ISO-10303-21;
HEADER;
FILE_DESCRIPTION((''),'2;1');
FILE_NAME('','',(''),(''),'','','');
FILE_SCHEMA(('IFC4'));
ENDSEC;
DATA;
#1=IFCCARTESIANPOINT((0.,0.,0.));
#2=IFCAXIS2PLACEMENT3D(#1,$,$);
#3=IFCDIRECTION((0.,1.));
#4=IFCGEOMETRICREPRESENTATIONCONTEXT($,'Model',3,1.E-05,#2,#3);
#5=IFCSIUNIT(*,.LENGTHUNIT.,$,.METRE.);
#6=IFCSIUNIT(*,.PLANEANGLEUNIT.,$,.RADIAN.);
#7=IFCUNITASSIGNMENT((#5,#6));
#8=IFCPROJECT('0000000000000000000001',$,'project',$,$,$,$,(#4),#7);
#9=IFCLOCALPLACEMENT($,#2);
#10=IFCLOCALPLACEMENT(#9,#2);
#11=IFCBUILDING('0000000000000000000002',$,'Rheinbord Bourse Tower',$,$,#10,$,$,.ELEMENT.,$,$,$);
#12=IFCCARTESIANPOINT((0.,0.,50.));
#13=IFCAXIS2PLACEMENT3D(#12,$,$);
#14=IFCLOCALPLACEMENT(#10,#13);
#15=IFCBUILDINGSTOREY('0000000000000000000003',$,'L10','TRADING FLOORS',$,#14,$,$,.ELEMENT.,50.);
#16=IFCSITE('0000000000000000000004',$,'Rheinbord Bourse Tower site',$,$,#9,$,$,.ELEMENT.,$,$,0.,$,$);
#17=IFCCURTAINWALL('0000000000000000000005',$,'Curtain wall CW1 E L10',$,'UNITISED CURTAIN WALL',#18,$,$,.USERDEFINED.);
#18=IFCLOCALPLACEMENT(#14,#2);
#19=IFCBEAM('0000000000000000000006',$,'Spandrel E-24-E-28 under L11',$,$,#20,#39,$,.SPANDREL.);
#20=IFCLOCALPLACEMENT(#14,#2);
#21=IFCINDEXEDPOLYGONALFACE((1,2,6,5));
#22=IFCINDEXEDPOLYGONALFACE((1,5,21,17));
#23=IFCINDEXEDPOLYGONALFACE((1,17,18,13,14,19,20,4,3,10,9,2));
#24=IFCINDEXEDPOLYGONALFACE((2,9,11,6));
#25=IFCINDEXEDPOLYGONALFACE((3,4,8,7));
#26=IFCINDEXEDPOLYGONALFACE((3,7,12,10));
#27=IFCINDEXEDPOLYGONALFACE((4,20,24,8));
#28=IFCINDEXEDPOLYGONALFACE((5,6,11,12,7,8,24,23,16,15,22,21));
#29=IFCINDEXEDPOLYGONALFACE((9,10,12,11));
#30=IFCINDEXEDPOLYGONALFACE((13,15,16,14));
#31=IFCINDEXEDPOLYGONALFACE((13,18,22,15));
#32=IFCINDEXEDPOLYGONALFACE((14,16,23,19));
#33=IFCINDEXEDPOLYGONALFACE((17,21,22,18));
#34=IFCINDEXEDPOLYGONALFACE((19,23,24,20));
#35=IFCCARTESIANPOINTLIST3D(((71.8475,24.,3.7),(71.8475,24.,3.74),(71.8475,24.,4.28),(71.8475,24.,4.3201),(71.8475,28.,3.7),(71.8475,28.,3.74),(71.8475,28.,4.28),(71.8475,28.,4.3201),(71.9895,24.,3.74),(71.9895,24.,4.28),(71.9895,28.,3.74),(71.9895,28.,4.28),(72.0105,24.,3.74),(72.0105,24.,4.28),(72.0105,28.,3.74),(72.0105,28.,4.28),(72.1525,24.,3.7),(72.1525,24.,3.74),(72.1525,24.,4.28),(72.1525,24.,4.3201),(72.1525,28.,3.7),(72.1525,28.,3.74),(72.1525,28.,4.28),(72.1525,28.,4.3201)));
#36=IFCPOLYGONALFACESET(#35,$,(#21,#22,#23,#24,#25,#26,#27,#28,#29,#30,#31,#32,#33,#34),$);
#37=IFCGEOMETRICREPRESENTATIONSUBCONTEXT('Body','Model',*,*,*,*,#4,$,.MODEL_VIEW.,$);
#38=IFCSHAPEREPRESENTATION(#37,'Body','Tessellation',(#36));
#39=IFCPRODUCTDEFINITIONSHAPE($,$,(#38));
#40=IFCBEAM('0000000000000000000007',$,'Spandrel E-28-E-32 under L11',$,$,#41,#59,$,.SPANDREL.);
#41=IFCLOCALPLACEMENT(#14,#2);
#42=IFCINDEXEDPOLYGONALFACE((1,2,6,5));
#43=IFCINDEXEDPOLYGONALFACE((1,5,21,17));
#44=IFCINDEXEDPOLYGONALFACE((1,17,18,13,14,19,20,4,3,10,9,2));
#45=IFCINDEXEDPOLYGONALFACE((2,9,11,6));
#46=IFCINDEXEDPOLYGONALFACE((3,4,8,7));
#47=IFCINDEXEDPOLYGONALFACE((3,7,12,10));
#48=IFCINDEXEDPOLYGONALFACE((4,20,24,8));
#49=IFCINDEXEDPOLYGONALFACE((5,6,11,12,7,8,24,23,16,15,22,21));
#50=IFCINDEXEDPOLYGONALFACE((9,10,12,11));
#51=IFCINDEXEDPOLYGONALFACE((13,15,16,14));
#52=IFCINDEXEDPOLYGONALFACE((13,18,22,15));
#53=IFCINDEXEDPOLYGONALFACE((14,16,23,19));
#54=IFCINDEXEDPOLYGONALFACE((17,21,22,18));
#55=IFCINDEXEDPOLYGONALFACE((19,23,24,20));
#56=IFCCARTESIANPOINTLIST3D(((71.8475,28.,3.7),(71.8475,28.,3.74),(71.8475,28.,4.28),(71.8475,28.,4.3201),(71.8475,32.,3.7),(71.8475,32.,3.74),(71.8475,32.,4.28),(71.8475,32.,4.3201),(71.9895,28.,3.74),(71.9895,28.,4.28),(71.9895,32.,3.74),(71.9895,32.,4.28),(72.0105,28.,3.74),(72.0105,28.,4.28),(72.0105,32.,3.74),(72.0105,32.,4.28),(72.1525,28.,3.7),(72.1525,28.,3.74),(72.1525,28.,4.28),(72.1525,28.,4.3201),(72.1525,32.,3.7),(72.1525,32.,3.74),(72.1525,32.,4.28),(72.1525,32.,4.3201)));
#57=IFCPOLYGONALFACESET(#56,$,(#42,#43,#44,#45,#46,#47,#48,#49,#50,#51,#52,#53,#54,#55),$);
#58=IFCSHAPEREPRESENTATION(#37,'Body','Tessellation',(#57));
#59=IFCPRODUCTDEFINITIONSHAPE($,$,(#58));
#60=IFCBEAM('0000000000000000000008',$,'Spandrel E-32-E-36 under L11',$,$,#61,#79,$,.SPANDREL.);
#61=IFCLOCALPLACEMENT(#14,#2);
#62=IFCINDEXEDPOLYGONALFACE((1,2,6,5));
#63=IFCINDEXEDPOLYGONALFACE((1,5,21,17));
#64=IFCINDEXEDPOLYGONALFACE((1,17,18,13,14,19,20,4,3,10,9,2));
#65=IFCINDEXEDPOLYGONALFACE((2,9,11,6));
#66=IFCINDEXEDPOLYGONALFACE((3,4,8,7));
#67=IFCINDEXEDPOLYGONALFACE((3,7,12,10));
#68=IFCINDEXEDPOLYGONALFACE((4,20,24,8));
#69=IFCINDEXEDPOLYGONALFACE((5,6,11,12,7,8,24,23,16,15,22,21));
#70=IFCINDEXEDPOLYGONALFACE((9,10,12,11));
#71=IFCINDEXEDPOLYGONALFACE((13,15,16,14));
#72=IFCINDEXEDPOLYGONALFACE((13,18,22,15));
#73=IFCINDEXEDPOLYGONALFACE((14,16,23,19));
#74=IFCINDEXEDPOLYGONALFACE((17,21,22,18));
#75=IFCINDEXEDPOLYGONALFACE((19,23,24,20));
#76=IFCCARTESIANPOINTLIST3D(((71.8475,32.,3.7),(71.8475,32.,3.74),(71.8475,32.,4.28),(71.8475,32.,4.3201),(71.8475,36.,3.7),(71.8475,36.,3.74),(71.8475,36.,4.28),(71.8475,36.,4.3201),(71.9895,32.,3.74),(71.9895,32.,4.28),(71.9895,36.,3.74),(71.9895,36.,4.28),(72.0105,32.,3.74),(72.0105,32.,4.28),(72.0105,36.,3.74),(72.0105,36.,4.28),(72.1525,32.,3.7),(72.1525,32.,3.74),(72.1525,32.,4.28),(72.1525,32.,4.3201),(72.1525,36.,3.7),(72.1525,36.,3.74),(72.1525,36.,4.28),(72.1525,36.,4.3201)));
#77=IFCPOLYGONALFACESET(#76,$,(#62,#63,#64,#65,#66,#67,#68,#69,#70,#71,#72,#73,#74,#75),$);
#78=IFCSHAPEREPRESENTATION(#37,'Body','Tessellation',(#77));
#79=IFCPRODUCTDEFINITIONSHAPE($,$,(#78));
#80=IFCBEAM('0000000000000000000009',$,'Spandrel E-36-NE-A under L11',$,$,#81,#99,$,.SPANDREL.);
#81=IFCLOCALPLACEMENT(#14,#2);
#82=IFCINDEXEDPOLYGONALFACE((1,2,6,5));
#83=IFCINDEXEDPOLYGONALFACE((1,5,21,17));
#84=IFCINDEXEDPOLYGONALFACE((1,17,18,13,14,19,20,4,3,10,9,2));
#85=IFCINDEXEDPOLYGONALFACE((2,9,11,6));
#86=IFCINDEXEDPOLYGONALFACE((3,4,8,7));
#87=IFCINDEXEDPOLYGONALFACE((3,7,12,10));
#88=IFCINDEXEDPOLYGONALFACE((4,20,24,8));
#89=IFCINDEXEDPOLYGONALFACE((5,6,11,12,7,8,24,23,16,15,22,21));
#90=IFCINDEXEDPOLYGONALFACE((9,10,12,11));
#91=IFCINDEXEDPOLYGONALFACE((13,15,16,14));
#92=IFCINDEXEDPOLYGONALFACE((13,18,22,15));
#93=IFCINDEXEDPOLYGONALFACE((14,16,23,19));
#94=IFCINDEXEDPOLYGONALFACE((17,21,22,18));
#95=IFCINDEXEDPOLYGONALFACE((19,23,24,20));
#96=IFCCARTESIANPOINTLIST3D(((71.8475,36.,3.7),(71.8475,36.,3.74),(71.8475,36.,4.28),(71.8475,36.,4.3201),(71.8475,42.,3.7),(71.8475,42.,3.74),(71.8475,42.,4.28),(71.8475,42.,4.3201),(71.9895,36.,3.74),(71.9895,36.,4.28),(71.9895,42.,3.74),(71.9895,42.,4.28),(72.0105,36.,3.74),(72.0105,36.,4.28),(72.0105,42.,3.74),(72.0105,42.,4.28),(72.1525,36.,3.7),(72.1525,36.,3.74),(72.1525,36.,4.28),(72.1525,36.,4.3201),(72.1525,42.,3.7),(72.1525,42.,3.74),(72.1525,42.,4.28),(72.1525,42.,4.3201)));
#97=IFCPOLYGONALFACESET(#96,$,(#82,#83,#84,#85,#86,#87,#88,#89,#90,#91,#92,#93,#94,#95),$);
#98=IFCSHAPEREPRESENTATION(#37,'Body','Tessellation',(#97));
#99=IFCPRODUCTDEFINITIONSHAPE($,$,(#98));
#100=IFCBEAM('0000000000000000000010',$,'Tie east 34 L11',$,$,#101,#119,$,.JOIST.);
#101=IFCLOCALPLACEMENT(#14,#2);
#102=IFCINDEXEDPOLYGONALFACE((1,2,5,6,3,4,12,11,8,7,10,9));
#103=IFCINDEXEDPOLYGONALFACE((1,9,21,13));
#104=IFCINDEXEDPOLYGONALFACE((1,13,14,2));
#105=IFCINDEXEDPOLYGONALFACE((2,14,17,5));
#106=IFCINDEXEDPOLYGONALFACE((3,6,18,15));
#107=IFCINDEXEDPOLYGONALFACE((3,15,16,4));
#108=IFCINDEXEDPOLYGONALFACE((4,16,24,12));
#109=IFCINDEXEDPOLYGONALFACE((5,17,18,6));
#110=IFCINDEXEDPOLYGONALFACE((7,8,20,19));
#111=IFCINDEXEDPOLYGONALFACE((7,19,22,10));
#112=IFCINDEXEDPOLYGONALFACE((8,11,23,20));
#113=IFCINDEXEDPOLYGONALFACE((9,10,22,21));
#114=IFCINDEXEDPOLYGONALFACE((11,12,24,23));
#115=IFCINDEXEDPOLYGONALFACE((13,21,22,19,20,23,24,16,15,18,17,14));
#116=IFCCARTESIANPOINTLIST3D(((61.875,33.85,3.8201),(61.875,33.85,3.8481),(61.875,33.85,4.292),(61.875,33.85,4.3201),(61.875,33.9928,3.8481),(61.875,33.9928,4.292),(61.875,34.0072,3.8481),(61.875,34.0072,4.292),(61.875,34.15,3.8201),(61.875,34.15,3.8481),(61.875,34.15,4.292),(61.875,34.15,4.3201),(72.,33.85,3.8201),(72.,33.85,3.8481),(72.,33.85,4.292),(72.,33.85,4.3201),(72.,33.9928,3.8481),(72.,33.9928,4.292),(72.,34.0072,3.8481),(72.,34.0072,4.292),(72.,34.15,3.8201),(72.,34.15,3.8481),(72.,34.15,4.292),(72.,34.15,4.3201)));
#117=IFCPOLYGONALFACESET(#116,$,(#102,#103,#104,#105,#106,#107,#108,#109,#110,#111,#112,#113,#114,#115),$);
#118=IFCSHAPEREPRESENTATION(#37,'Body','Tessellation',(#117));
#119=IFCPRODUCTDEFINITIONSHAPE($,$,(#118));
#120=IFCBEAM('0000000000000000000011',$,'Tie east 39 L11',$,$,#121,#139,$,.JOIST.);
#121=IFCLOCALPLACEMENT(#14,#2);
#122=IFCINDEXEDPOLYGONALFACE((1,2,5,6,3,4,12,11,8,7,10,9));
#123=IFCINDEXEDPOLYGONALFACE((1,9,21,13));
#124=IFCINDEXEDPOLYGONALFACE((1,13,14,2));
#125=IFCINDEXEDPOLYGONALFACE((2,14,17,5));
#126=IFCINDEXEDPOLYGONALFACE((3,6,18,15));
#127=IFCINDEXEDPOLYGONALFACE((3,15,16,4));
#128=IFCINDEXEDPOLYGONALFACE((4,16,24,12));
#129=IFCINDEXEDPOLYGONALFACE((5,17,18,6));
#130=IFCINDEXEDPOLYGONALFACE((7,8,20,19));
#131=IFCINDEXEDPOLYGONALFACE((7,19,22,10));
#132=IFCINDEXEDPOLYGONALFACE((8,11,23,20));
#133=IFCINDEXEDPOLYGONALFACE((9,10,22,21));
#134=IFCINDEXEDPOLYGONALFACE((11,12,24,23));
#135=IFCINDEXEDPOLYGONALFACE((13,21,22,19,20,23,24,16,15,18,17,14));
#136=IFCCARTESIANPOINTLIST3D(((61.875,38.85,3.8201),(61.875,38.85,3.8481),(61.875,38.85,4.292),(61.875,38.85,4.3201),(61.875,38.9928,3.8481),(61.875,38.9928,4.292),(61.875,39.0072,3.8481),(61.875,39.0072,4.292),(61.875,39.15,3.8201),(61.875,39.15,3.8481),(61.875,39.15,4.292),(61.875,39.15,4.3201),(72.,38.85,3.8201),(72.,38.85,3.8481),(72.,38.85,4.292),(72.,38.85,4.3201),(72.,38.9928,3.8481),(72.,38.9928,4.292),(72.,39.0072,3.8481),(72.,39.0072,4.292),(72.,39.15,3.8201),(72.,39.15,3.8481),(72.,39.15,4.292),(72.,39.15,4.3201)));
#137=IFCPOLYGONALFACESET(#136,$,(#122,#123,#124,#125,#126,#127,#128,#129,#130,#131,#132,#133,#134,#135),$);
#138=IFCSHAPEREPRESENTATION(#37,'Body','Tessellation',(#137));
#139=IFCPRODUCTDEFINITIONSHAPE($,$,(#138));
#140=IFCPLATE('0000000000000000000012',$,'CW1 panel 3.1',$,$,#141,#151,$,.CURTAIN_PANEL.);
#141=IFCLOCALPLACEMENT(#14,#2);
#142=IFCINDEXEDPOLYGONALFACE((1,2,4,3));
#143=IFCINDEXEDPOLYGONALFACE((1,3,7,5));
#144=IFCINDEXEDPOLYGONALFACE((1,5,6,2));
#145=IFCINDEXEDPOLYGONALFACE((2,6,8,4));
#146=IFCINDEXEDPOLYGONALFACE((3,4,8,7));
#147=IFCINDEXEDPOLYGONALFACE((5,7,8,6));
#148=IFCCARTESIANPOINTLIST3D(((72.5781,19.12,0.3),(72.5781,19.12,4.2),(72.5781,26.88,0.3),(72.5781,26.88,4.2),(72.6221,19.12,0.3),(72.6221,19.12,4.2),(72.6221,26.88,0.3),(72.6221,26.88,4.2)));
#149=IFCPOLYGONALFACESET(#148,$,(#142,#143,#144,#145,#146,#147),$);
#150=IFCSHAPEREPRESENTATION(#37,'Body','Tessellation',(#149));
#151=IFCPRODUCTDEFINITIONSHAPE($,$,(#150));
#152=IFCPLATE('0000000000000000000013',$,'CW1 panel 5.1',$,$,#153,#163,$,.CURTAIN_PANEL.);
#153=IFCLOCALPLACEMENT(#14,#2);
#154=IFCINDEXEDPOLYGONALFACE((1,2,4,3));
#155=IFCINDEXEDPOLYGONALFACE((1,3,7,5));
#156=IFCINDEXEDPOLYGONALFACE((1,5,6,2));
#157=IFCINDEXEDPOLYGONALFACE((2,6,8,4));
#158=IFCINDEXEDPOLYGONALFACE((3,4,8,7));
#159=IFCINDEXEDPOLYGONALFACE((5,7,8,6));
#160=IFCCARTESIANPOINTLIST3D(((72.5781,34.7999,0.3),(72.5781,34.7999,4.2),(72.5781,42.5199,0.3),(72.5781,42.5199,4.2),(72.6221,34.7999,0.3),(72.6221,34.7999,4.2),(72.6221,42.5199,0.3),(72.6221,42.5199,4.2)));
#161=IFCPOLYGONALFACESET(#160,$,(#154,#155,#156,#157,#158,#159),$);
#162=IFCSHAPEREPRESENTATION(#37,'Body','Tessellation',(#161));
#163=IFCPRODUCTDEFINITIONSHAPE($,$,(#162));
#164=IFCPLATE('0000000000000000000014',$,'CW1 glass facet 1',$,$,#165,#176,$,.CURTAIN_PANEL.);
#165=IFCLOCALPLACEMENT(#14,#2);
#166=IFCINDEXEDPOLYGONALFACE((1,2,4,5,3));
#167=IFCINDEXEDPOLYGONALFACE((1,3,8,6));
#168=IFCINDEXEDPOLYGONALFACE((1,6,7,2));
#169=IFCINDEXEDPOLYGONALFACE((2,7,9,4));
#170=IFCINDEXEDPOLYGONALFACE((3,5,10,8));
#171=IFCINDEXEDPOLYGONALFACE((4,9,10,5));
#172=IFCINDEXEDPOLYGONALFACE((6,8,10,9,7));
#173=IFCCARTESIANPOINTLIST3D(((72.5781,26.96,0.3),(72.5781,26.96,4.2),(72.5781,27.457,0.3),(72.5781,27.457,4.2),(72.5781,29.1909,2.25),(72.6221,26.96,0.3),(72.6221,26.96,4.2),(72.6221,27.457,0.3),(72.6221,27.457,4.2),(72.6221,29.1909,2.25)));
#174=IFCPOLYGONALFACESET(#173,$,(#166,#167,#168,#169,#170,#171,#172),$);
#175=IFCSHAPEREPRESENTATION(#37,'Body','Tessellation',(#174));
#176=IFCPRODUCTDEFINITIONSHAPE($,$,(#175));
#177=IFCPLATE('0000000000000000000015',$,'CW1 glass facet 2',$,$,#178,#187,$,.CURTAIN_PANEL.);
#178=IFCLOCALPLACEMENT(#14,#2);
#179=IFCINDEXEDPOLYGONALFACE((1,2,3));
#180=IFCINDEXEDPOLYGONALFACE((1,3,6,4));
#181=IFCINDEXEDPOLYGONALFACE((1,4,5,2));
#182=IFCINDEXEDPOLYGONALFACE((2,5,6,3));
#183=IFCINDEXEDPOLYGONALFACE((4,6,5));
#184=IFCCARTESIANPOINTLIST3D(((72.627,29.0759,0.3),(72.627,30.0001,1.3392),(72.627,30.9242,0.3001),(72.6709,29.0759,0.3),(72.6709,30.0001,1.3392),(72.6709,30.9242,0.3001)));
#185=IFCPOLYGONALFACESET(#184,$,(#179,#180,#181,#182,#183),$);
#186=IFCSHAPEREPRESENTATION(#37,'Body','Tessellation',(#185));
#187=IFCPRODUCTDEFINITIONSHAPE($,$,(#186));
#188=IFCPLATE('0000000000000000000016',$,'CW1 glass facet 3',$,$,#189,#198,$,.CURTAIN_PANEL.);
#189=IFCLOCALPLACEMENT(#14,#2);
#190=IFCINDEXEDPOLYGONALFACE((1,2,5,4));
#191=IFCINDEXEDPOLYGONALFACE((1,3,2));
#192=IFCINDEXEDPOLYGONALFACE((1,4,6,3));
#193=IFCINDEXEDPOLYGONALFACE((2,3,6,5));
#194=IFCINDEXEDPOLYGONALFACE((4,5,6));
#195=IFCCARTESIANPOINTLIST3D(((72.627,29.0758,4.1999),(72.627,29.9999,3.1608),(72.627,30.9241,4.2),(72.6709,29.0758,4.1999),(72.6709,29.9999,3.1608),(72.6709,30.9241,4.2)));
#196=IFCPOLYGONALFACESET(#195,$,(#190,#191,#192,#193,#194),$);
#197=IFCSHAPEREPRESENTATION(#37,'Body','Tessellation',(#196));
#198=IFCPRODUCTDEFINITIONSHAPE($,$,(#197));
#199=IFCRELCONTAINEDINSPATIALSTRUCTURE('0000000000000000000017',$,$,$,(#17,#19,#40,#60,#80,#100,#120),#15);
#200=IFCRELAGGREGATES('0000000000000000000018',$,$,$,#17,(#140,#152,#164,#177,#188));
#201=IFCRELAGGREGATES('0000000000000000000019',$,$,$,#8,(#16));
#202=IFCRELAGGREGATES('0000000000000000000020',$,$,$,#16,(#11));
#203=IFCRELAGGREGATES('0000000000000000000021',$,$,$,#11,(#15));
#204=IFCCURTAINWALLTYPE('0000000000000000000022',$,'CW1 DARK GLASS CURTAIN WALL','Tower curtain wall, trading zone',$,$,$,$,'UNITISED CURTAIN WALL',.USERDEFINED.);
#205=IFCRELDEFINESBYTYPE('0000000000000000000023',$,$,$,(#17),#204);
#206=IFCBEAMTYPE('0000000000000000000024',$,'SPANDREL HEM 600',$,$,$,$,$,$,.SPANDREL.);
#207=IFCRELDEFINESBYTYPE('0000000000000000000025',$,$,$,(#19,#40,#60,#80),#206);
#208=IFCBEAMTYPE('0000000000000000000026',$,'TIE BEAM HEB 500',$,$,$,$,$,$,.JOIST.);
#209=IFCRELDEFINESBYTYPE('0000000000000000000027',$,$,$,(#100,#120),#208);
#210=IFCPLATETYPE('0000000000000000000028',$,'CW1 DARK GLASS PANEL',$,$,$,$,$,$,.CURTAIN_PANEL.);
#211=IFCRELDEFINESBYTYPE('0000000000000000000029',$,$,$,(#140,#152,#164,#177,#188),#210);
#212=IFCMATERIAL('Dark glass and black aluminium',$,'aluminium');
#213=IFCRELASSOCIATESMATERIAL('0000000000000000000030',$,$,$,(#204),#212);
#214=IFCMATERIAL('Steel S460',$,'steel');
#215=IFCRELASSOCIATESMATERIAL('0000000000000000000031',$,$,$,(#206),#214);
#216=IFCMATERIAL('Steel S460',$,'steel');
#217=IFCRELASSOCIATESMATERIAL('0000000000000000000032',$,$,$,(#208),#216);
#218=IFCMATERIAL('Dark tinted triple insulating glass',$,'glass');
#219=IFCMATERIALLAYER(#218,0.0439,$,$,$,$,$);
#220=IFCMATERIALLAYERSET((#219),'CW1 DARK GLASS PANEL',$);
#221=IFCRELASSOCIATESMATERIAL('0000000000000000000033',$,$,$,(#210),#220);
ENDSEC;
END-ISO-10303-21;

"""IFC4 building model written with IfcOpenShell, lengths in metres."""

from ifc_helpers import new_model, si_unit, direction, frame, origin, origin_2d, place, context, subcontext, project, spatial, polyline, rectangle, i_section, outline, extrude, material, layer, layer_set, material_profile, profile_set, type_object, element, aggregate, save


model = new_model("IFC4")

# Units and contexts
model_context = context("Model", 3, precision=1e-05, world=origin(), true_north=direction((0.0, 1.0)))
body_context = subcontext(model_context, "Body", "Model", "MODEL_VIEW")
ifc_project = project(units=[si_unit("LENGTHUNIT", "METRE"), si_unit("PLANEANGLEUNIT", "RADIAN")], contexts=[model_context])

# Site, building, storey
site_placement = place(None, origin())
site = spatial("IfcSite", under=ifc_project, at=site_placement, Name="Rheinbord Bourse Tower site", CompositionType="ELEMENT", RefElevation=0.0)
building_placement = place(site_placement, origin())
building = spatial("IfcBuilding", under=site, at=building_placement, Name="Rheinbord Bourse Tower", CompositionType="ELEMENT")
storey_placement = place(building_placement, frame((0.0, 0.0, 50.0)))
storey = spatial("IfcBuildingStorey", under=building, at=storey_placement, Name="L10", Description="TRADING FLOORS", CompositionType="ELEMENT", Elevation=50.0)

# Curtain wall
ifc_material_1 = material(Name="Dark glass and black aluminium", Category="aluminium")
curtain_wall_type = type_object("IfcCurtainWallType", Name="CW1 DARK GLASS CURTAIN WALL", Description="Tower curtain wall, trading zone", ElementType="UNITISED CURTAIN WALL", PredefinedType="USERDEFINED", material=ifc_material_1)
curtain_wall_placement = place(storey_placement, origin())
curtain_wall = element("IfcCurtainWall", 1, at=curtain_wall_placement, inside=storey, type_object=curtain_wall_type, Name="Curtain wall CW1 E L10", ObjectType="UNITISED CURTAIN WALL", PredefinedType="USERDEFINED")

# Beams
ifc_material_2 = material(Name="Steel S460", Category="steel")
ifc_material_profile_1 = material_profile(ifc_material_2, i_section(OverallWidth=0.3049, OverallDepth=0.6201, WebThickness=0.021, FlangeThickness=0.04, at=origin_2d()), Name="HEM 600")
ifc_profile_set_1 = profile_set([ifc_material_profile_1], Name="Steel S460")
beam_type_1 = type_object("IfcBeamType", Name="SPANDREL HEM 600", PredefinedType="SPANDREL", material=ifc_profile_set_1)
for number, where, z_axis, x_axis, name in (
    (2, (72.0, 24.0, 4.01), (0.0, 1.0, 0.0), (-1.0, 0.0, 0.0), "Spandrel E-24-E-28 under L11"),
    (3, (72.0, 28.0, 4.01), (0.0, 1.0, 0.0), (-1.0, 0.0, 0.0), "Spandrel E-28-E-32 under L11"),
    (4, (72.0, 32.0, 4.01), (0.0, 1.0, 0.0), (-1.0, 0.0, 0.0), "Spandrel E-32-E-36 under L11"),
):
    element("IfcBeam", number, at=place(storey_placement, frame(where, z_axis=z_axis, x_axis=x_axis)), inside=storey, type_object=beam_type_1, Name=name, PredefinedType="SPANDREL", context=body_context, shape_type="SweptSolid", body=[
        extrude(i_section(OverallWidth=0.3049, OverallDepth=0.6201, WebThickness=0.021, FlangeThickness=0.04, at=origin_2d()), origin(), (0.0, 0.0, 1.0), 4.0),
    ])
beam_1_placement = place(storey_placement, frame((72.0, 36.0, 4.01), z_axis=(0.0, 1.0, 0.0), x_axis=(-1.0, 0.0, 0.0)))
element("IfcBeam", 5, at=beam_1_placement, inside=storey, type_object=beam_type_1, Name="Spandrel E-36-NE-A under L11", PredefinedType="SPANDREL", context=body_context, shape_type="SweptSolid", body=[
    extrude(i_section(OverallWidth=0.3049, OverallDepth=0.6201, WebThickness=0.021, FlangeThickness=0.04, at=origin_2d()), origin(), (0.0, 0.0, 1.0), 6.0),
])
ifc_material_3 = material(Name="Steel S460", Category="steel")
ifc_material_profile_2 = material_profile(ifc_material_3, i_section(OverallWidth=0.3, OverallDepth=0.5, WebThickness=0.0144, FlangeThickness=0.0281, at=origin_2d()), Name="HEB 500")
ifc_profile_set_2 = profile_set([ifc_material_profile_2], Name="Steel S460")
beam_type_2 = type_object("IfcBeamType", Name="TIE BEAM HEB 500", PredefinedType="JOIST", material=ifc_profile_set_2)
for number, where, z_axis, x_axis, name in (
    (6, (61.875, 34.0, 4.0701), (1.0, 0.0, 0.0), (0.0, 1.0, 0.0), "Tie east 34 L11"),
    (7, (61.875, 39.0, 4.0701), (1.0, 0.0, 0.0), (0.0, 1.0, 0.0), "Tie east 39 L11"),
):
    element("IfcBeam", number, at=place(storey_placement, frame(where, z_axis=z_axis, x_axis=x_axis)), inside=storey, type_object=beam_type_2, Name=name, PredefinedType="JOIST", context=body_context, shape_type="SweptSolid", body=[
        extrude(i_section(OverallWidth=0.3, OverallDepth=0.5, WebThickness=0.0144, FlangeThickness=0.0281, at=origin_2d()), origin(), (0.0, 0.0, 1.0), 10.125),
    ])

# Plates
ifc_material_4 = material(Name="Dark tinted triple insulating glass", Category="glass")
ifc_layer_1 = layer(ifc_material_4, 0.0439)
ifc_layer_set_1 = layer_set([ifc_layer_1], Name="CW1 DARK GLASS PANEL")
plate_type = type_object("IfcPlateType", Name="CW1 DARK GLASS PANEL", PredefinedType="CURTAIN_PANEL", material=ifc_layer_set_1)
plate_1_placement = place(storey_placement, frame((72.6001, 23.0, 0.3), z_axis=(0.0, 0.0, 1.0), x_axis=(0.0, 1.0, 0.0)))
plate_1 = element("IfcPlate", 8, at=plate_1_placement, type_object=plate_type, Name="CW1 panel 3.1", PredefinedType="CURTAIN_PANEL", context=body_context, shape_type="SweptSolid", body=[
    extrude(rectangle(XDim=7.76, YDim=0.0439, at=origin_2d()), origin(), (0.0, 0.0, 1.0), 3.8999),
])
plate_2_placement = place(storey_placement, frame((72.6001, 38.6599, 0.3), z_axis=(0.0, 0.0, 1.0), x_axis=(0.0, 1.0, 0.0)))
plate_2 = element("IfcPlate", 9, at=plate_2_placement, type_object=plate_type, Name="CW1 panel 5.1", PredefinedType="CURTAIN_PANEL", context=body_context, shape_type="SweptSolid", body=[
    extrude(rectangle(XDim=7.72, YDim=0.0439, at=origin_2d()), origin(), (0.0, 0.0, 1.0), 3.8999),
])
plate_3_placement = place(storey_placement, frame((72.6221, 26.96, 0.3), z_axis=(-1.0, 0.0, 0.0), x_axis=(0.0, 0.0, 1.0)))
plate_3 = element("IfcPlate", 10, at=plate_3_placement, type_object=plate_type, Name="CW1 glass facet 1", PredefinedType="CURTAIN_PANEL", context=body_context, shape_type="SweptSolid", body=[
    extrude(outline(polyline([(0.0, 0.0), (3.8999, 0.0), (3.8999, 0.4971), (1.95, 2.231), (0.0, 0.4971), (0.0, 0.0)])), origin(), (0.0, 0.0, 1.0), 0.0439),
])
plate_4_placement = place(storey_placement, frame((72.6709, 29.0759, 0.3), z_axis=(-1.0, 0.0, 0.0), x_axis=(0.0, 0.664549, 0.747245)))
plate_4 = element("IfcPlate", 11, at=plate_4_placement, type_object=plate_type, Name="CW1 glass facet 2", PredefinedType="CURTAIN_PANEL", context=body_context, shape_type="SweptSolid", body=[
    extrude(outline(polyline([(0.0, 0.0), (1.3906, 0.0), (1.2283, 1.3811), (0.0, 0.0)])), origin(), (0.0, 0.0, 1.0), 0.0439),
])
plate_5_placement = place(storey_placement, frame((72.6709, 30.9241, 4.2), z_axis=(-1.0, 0.0, 0.0), x_axis=(0.0, -0.664549, -0.747245)))
plate_5 = element("IfcPlate", 12, at=plate_5_placement, type_object=plate_type, Name="CW1 glass facet 3", PredefinedType="CURTAIN_PANEL", context=body_context, shape_type="SweptSolid", body=[
    extrude(outline(polyline([(0.0, 0.0), (1.3906, 0.0), (1.2283, 1.3811), (0.0, 0.0)])), origin(), (0.0, 0.0, 1.0), 0.0439),
])
aggregate(curtain_wall, [plate_1, plate_2, plate_3, plate_4, plate_5])

save(model, "model.ifc")
